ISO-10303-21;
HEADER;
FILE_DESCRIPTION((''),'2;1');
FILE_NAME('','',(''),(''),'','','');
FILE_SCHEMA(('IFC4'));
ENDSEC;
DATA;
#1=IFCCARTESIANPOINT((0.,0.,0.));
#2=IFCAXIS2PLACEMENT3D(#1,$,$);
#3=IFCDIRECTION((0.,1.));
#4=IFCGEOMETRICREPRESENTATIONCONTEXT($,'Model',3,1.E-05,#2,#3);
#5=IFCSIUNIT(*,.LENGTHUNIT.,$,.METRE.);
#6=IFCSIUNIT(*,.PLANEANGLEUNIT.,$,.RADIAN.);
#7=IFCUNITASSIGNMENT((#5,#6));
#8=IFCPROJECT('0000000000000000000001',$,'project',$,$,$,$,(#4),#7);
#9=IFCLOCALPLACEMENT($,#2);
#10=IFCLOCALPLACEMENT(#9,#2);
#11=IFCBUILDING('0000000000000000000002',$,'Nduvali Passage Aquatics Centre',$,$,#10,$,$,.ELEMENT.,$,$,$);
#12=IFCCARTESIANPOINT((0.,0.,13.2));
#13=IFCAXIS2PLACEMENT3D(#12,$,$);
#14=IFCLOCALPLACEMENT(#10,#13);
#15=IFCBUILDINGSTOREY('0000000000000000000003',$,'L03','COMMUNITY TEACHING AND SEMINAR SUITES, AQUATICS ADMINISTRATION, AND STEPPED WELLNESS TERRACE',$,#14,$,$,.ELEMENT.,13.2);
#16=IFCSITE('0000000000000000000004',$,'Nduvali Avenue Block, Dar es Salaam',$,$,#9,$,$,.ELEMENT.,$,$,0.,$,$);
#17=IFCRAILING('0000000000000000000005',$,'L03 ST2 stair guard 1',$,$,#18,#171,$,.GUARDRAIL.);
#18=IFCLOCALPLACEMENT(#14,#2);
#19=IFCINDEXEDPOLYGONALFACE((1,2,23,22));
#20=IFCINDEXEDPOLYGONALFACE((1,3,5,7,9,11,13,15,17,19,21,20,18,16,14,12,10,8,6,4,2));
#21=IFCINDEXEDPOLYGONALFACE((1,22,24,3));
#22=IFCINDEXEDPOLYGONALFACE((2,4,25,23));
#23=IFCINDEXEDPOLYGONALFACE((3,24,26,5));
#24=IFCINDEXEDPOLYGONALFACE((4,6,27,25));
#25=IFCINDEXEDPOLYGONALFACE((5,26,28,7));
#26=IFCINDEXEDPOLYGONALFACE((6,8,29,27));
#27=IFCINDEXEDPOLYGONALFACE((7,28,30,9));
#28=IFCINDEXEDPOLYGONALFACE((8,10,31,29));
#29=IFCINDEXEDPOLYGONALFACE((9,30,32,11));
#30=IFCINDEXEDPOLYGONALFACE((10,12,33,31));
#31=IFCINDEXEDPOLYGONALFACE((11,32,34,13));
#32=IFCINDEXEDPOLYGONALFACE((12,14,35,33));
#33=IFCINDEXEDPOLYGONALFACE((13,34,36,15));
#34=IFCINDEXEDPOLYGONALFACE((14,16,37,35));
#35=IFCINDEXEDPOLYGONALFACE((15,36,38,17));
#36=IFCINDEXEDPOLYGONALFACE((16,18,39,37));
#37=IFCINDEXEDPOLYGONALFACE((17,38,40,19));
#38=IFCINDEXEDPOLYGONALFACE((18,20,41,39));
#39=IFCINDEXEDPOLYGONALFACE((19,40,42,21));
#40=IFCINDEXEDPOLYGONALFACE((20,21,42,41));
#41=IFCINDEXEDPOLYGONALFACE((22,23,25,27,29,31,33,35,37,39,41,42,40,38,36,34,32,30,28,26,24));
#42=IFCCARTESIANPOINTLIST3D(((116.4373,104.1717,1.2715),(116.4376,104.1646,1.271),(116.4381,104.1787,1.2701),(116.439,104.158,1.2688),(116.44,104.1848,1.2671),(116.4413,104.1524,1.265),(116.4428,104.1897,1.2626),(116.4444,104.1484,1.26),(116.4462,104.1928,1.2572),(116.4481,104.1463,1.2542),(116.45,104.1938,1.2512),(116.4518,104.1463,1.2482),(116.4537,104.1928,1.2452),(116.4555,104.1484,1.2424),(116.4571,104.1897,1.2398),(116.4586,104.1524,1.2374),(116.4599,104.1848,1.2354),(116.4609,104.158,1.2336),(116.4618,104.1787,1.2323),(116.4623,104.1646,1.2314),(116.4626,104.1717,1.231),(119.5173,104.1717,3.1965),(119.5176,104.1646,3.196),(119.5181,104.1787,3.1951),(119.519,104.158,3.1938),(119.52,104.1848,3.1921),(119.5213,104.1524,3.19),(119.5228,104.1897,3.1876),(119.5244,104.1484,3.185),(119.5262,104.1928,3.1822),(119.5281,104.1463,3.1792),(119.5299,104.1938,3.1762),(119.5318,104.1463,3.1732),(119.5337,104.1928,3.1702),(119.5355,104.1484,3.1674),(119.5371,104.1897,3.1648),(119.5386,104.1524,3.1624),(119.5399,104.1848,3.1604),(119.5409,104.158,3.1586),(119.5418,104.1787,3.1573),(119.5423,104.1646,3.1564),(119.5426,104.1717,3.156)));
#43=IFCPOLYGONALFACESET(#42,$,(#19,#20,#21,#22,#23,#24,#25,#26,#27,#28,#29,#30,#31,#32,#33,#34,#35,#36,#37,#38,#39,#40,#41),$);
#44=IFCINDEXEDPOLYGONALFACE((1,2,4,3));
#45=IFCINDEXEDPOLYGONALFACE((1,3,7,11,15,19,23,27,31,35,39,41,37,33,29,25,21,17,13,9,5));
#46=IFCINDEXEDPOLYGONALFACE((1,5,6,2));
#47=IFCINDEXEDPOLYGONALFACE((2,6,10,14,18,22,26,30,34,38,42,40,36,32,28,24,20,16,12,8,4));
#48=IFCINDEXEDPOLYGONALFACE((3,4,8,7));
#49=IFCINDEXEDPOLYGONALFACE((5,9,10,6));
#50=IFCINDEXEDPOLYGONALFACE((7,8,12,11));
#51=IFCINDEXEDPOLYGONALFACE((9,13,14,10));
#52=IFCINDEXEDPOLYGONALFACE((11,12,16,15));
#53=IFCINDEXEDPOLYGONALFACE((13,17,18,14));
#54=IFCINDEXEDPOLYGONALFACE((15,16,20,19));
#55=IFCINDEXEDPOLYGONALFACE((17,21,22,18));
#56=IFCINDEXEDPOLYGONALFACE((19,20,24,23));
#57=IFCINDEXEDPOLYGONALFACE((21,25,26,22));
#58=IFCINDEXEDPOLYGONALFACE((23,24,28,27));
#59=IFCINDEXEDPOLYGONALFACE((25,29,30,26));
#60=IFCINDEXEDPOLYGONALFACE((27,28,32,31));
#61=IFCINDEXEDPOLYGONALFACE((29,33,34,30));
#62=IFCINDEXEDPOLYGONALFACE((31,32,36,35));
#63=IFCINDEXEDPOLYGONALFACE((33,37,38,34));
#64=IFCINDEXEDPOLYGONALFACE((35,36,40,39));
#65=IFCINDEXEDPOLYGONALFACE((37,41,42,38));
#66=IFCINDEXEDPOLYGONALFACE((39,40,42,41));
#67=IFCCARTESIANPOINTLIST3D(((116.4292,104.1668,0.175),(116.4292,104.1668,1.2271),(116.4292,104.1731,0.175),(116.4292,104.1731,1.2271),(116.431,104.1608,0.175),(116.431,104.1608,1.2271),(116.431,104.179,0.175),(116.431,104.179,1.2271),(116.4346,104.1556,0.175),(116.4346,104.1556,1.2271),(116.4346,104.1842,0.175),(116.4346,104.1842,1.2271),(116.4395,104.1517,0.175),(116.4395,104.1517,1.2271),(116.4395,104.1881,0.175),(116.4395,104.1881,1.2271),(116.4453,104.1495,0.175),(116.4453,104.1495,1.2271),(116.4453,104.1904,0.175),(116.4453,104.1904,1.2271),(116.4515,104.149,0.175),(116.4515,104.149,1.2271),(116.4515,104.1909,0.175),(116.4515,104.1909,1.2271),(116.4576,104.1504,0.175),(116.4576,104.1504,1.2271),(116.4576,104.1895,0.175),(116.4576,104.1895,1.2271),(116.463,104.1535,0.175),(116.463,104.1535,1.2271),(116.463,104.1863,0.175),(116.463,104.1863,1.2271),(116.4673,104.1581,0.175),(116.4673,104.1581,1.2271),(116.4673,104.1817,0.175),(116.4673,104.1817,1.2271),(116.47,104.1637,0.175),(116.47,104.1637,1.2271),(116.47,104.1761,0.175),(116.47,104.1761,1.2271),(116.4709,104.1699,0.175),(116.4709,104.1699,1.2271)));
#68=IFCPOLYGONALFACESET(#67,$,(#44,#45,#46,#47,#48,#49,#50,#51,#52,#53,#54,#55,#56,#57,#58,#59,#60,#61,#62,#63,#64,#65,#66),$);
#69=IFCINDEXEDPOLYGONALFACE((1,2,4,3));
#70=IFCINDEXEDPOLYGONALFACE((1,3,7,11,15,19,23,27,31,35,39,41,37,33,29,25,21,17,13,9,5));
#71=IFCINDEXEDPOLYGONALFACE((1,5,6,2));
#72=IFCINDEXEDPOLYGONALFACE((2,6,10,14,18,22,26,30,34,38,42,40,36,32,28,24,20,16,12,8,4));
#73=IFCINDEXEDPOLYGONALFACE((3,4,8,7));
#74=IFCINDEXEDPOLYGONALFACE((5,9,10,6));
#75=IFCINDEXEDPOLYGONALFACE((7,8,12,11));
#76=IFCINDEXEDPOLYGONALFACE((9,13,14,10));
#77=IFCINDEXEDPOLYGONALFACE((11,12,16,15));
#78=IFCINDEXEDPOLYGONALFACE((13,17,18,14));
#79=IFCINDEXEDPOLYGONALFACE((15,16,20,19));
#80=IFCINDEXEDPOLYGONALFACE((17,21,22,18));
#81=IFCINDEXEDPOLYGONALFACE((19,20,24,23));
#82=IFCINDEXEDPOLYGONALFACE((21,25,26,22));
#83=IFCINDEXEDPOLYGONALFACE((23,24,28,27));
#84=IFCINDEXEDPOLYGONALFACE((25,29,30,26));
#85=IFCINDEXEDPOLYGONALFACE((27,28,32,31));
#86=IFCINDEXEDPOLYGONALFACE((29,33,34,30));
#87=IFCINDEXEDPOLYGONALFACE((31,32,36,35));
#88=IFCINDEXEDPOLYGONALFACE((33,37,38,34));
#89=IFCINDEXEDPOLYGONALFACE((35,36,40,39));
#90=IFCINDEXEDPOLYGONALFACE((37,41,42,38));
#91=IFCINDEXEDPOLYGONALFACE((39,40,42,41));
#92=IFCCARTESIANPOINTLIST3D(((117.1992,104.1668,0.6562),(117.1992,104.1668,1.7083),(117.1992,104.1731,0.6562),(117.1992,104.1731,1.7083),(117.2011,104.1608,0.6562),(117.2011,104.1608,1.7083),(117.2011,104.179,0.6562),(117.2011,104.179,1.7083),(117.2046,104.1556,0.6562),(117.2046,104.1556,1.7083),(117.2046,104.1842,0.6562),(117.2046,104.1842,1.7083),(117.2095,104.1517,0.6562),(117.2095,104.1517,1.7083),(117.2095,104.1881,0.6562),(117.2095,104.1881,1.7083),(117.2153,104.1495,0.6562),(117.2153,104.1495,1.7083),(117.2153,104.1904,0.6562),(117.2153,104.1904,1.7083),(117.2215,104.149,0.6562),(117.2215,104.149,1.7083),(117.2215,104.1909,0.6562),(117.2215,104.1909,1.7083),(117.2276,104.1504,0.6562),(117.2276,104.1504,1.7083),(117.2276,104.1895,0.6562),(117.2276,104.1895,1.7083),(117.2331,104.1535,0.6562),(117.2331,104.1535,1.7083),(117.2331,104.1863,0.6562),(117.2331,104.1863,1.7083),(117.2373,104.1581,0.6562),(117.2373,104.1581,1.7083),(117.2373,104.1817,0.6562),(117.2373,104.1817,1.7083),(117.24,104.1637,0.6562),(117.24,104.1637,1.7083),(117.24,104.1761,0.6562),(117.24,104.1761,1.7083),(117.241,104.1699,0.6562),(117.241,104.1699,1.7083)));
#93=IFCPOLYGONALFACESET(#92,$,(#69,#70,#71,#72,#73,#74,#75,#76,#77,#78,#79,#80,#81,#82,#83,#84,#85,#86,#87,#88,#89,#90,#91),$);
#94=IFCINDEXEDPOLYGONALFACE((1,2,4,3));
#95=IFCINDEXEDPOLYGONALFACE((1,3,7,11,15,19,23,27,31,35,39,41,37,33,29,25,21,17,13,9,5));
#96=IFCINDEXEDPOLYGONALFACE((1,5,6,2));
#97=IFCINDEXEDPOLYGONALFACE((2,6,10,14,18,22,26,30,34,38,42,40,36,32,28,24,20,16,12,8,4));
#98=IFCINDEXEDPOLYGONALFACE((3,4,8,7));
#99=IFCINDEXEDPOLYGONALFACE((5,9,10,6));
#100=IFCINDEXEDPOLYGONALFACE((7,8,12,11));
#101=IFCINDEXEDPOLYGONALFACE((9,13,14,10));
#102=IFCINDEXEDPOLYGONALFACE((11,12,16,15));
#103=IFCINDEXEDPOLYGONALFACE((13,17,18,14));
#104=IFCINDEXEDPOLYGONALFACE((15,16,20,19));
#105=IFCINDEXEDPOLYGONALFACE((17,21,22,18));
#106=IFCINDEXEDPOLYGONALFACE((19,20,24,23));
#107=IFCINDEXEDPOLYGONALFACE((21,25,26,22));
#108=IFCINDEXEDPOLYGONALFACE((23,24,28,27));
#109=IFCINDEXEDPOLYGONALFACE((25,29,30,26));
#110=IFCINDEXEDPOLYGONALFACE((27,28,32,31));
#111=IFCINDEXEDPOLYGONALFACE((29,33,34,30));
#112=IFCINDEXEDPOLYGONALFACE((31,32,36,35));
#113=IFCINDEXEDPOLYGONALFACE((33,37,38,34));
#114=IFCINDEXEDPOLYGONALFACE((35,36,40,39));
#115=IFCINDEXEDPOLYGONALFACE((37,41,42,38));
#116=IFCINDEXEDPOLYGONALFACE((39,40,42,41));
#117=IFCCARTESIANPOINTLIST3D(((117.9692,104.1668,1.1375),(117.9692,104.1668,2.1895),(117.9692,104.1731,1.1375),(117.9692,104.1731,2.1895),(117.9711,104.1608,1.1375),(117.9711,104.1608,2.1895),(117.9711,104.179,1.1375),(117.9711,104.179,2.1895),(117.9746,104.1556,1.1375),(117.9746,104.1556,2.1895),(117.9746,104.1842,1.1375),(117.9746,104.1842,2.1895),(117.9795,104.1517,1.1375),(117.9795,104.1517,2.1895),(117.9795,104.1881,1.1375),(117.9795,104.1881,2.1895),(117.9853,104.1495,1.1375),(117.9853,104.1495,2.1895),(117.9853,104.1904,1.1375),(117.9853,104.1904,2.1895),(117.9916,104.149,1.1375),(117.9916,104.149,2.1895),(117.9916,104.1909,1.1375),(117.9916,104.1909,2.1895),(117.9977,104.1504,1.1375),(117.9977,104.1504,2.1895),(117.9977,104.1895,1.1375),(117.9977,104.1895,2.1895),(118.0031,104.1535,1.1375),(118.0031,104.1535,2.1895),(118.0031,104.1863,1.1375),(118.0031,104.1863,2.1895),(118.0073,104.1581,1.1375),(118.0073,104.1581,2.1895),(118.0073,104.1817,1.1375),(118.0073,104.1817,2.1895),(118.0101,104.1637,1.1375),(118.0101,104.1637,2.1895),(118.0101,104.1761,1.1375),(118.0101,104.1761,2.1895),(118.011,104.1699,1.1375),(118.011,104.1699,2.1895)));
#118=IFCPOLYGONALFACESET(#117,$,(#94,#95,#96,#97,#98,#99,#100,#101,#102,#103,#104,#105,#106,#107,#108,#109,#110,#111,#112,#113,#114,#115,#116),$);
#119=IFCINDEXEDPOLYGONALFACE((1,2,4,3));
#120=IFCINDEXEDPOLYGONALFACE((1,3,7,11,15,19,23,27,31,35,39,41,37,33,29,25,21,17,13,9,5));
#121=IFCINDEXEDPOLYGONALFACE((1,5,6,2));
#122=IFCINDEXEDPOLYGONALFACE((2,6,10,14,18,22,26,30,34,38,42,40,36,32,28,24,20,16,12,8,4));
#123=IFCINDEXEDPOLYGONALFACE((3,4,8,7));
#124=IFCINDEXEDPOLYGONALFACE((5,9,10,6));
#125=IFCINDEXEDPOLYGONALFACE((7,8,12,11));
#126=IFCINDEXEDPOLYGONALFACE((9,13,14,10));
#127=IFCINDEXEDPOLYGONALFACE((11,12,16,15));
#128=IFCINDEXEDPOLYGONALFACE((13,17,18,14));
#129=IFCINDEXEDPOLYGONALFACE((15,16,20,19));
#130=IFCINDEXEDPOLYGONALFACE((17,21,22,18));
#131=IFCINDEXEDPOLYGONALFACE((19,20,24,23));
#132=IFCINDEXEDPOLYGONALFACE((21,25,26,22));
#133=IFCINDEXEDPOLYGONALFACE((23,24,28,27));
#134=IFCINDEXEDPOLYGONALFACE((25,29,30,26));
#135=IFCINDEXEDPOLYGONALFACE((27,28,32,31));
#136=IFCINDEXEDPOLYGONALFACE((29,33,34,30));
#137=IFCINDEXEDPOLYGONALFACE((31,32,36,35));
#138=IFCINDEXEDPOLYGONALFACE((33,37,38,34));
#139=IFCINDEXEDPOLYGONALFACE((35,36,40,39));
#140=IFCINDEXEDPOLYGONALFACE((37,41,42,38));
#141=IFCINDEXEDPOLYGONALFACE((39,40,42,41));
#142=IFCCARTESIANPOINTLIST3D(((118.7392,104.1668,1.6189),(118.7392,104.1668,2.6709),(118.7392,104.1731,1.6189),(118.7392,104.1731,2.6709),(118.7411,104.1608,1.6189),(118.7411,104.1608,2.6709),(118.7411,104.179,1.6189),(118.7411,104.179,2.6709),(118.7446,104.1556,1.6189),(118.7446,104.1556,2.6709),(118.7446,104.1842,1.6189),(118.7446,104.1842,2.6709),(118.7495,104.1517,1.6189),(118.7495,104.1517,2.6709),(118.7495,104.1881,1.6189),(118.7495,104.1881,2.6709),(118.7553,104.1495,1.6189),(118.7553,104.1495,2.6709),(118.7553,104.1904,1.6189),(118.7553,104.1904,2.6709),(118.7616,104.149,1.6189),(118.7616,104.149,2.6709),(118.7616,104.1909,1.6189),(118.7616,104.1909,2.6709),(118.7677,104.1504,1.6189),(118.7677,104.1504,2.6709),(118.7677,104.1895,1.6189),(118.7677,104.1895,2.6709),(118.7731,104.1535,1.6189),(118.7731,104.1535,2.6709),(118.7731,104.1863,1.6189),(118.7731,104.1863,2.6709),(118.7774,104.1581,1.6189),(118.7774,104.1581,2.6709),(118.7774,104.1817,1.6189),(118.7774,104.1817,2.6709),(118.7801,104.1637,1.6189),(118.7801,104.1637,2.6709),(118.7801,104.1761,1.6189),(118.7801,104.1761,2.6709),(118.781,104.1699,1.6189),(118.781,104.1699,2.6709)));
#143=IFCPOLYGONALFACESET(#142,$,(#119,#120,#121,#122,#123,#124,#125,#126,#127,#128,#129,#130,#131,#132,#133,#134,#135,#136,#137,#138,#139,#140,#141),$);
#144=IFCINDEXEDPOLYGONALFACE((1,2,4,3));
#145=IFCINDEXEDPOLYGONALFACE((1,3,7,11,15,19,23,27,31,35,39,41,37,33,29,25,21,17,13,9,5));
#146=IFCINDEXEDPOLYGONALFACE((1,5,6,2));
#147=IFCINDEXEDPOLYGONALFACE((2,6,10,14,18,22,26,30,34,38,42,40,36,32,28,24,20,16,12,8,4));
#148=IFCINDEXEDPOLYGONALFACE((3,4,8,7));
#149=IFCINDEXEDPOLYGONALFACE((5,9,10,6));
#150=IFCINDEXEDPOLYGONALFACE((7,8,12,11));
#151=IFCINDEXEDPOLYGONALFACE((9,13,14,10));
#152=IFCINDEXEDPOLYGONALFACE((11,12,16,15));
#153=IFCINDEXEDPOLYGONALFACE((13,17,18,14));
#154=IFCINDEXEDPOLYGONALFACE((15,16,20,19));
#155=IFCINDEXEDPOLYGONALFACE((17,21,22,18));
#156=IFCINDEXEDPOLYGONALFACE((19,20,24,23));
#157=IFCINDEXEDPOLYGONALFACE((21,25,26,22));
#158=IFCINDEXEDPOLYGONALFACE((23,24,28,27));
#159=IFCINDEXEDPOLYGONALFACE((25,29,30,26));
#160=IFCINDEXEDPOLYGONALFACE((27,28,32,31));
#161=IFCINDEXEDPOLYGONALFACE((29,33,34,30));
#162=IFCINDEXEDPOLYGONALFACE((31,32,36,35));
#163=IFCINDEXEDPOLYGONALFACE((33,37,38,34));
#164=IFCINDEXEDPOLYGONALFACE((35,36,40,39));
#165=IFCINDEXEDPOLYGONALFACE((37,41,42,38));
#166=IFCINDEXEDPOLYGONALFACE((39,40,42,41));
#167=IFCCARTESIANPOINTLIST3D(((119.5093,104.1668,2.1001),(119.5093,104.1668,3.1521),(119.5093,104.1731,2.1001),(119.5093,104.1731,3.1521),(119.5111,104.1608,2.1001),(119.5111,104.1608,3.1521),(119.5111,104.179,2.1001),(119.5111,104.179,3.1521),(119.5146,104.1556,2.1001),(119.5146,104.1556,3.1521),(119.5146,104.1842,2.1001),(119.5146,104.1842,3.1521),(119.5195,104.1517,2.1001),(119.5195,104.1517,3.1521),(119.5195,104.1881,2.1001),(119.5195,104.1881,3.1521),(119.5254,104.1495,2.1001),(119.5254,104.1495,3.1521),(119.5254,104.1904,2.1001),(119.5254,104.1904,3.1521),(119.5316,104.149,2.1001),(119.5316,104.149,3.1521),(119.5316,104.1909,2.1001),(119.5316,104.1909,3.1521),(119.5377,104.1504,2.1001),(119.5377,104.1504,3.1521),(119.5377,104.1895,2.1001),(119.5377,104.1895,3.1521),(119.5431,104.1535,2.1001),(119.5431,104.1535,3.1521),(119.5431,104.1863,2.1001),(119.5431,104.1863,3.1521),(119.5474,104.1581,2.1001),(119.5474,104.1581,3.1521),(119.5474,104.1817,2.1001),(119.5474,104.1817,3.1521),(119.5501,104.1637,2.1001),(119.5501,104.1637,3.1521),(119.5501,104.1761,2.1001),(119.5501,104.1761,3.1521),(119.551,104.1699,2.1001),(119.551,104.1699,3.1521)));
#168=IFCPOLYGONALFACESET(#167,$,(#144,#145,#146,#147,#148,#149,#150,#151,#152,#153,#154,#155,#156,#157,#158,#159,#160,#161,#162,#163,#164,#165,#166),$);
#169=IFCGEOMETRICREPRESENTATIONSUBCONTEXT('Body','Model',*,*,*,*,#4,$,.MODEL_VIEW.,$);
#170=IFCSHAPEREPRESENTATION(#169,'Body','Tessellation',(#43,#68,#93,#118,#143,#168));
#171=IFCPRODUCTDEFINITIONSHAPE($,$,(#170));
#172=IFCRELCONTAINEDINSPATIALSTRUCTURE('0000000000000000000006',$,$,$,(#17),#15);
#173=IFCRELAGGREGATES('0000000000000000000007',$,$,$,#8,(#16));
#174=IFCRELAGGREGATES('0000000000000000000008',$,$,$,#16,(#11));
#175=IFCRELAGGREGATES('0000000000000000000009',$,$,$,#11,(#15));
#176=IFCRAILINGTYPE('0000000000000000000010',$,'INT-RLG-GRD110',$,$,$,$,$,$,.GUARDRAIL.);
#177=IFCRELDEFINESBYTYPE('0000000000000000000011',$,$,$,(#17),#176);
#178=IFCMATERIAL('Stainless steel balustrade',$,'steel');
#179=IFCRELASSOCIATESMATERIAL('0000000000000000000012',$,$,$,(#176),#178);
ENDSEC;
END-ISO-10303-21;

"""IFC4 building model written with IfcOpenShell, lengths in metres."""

from ifc_helpers import new_model, si_unit, direction, frame, origin, origin_2d, place, context, subcontext, project, spatial, circle, extrude, material, type_object, element, save


model = new_model("IFC4")

# Units and contexts
model_context = context("Model", 3, precision=1e-05, world=origin(), true_north=direction((0.0, 1.0)))
body_context = subcontext(model_context, "Body", "Model", "MODEL_VIEW")
ifc_project = project(units=[si_unit("LENGTHUNIT", "METRE"), si_unit("PLANEANGLEUNIT", "RADIAN")], contexts=[model_context])

# Site, building, storey
site_placement = place(None, origin())
site = spatial("IfcSite", under=ifc_project, at=site_placement, Name="Nduvali Avenue Block, Dar es Salaam", CompositionType="ELEMENT", RefElevation=0.0)
building_placement = place(site_placement, origin())
building = spatial("IfcBuilding", under=site, at=building_placement, Name="Nduvali Passage Aquatics Centre", CompositionType="ELEMENT")
storey_placement = place(building_placement, frame((0.0, 0.0, 13.2)))
storey = spatial("IfcBuildingStorey", under=building, at=storey_placement, Name="L03", Description="COMMUNITY TEACHING AND SEMINAR SUITES, AQUATICS ADMINISTRATION, AND STEPPED WELLNESS TERRACE", CompositionType="ELEMENT", Elevation=13.2)

# Railing
ifc_material_1 = material(Name="Stainless steel balustrade", Category="steel")
railing_type_1 = type_object("IfcRailingType", Name="INT-RLG-GRD110", PredefinedType="GUARDRAIL", material=ifc_material_1)
railing_1_placement = place(storey_placement, frame((116.45, 104.1699, 0.175)))
element("IfcRailing", 1, at=railing_1_placement, inside=storey, type_object=railing_type_1, Name="L03 ST2 stair guard 1", PredefinedType="GUARDRAIL", context=body_context, shape_type="SweptSolid", body=[
    extrude(circle(Radius=0.0239, at=origin_2d()), frame((0.0, 0.0, 1.0762), z_axis=(0.847998, 0.0, 0.529999), x_axis=(0.0, 1.0, 0.0)), (0.0, 0.0, 1.0), 3.6321),
    extrude(circle(Radius=0.021, at=origin_2d()), origin(), (0.0, 0.0, 1.0), 1.052),
    extrude(circle(Radius=0.021, at=origin_2d()), frame((0.77, 0.0, 0.4812)), (0.0, 0.0, 1.0), 1.052),
    extrude(circle(Radius=0.021, at=origin_2d()), frame((1.54, 0.0, 0.9624)), (0.0, 0.0, 1.0), 1.052),
    extrude(circle(Radius=0.021, at=origin_2d()), frame((2.3101, 0.0, 1.4438)), (0.0, 0.0, 1.0), 1.052),
    extrude(circle(Radius=0.021, at=origin_2d()), frame((3.0801, 0.0, 1.925)), (0.0, 0.0, 1.0), 1.052),
])

save(model, "model.ifc")
